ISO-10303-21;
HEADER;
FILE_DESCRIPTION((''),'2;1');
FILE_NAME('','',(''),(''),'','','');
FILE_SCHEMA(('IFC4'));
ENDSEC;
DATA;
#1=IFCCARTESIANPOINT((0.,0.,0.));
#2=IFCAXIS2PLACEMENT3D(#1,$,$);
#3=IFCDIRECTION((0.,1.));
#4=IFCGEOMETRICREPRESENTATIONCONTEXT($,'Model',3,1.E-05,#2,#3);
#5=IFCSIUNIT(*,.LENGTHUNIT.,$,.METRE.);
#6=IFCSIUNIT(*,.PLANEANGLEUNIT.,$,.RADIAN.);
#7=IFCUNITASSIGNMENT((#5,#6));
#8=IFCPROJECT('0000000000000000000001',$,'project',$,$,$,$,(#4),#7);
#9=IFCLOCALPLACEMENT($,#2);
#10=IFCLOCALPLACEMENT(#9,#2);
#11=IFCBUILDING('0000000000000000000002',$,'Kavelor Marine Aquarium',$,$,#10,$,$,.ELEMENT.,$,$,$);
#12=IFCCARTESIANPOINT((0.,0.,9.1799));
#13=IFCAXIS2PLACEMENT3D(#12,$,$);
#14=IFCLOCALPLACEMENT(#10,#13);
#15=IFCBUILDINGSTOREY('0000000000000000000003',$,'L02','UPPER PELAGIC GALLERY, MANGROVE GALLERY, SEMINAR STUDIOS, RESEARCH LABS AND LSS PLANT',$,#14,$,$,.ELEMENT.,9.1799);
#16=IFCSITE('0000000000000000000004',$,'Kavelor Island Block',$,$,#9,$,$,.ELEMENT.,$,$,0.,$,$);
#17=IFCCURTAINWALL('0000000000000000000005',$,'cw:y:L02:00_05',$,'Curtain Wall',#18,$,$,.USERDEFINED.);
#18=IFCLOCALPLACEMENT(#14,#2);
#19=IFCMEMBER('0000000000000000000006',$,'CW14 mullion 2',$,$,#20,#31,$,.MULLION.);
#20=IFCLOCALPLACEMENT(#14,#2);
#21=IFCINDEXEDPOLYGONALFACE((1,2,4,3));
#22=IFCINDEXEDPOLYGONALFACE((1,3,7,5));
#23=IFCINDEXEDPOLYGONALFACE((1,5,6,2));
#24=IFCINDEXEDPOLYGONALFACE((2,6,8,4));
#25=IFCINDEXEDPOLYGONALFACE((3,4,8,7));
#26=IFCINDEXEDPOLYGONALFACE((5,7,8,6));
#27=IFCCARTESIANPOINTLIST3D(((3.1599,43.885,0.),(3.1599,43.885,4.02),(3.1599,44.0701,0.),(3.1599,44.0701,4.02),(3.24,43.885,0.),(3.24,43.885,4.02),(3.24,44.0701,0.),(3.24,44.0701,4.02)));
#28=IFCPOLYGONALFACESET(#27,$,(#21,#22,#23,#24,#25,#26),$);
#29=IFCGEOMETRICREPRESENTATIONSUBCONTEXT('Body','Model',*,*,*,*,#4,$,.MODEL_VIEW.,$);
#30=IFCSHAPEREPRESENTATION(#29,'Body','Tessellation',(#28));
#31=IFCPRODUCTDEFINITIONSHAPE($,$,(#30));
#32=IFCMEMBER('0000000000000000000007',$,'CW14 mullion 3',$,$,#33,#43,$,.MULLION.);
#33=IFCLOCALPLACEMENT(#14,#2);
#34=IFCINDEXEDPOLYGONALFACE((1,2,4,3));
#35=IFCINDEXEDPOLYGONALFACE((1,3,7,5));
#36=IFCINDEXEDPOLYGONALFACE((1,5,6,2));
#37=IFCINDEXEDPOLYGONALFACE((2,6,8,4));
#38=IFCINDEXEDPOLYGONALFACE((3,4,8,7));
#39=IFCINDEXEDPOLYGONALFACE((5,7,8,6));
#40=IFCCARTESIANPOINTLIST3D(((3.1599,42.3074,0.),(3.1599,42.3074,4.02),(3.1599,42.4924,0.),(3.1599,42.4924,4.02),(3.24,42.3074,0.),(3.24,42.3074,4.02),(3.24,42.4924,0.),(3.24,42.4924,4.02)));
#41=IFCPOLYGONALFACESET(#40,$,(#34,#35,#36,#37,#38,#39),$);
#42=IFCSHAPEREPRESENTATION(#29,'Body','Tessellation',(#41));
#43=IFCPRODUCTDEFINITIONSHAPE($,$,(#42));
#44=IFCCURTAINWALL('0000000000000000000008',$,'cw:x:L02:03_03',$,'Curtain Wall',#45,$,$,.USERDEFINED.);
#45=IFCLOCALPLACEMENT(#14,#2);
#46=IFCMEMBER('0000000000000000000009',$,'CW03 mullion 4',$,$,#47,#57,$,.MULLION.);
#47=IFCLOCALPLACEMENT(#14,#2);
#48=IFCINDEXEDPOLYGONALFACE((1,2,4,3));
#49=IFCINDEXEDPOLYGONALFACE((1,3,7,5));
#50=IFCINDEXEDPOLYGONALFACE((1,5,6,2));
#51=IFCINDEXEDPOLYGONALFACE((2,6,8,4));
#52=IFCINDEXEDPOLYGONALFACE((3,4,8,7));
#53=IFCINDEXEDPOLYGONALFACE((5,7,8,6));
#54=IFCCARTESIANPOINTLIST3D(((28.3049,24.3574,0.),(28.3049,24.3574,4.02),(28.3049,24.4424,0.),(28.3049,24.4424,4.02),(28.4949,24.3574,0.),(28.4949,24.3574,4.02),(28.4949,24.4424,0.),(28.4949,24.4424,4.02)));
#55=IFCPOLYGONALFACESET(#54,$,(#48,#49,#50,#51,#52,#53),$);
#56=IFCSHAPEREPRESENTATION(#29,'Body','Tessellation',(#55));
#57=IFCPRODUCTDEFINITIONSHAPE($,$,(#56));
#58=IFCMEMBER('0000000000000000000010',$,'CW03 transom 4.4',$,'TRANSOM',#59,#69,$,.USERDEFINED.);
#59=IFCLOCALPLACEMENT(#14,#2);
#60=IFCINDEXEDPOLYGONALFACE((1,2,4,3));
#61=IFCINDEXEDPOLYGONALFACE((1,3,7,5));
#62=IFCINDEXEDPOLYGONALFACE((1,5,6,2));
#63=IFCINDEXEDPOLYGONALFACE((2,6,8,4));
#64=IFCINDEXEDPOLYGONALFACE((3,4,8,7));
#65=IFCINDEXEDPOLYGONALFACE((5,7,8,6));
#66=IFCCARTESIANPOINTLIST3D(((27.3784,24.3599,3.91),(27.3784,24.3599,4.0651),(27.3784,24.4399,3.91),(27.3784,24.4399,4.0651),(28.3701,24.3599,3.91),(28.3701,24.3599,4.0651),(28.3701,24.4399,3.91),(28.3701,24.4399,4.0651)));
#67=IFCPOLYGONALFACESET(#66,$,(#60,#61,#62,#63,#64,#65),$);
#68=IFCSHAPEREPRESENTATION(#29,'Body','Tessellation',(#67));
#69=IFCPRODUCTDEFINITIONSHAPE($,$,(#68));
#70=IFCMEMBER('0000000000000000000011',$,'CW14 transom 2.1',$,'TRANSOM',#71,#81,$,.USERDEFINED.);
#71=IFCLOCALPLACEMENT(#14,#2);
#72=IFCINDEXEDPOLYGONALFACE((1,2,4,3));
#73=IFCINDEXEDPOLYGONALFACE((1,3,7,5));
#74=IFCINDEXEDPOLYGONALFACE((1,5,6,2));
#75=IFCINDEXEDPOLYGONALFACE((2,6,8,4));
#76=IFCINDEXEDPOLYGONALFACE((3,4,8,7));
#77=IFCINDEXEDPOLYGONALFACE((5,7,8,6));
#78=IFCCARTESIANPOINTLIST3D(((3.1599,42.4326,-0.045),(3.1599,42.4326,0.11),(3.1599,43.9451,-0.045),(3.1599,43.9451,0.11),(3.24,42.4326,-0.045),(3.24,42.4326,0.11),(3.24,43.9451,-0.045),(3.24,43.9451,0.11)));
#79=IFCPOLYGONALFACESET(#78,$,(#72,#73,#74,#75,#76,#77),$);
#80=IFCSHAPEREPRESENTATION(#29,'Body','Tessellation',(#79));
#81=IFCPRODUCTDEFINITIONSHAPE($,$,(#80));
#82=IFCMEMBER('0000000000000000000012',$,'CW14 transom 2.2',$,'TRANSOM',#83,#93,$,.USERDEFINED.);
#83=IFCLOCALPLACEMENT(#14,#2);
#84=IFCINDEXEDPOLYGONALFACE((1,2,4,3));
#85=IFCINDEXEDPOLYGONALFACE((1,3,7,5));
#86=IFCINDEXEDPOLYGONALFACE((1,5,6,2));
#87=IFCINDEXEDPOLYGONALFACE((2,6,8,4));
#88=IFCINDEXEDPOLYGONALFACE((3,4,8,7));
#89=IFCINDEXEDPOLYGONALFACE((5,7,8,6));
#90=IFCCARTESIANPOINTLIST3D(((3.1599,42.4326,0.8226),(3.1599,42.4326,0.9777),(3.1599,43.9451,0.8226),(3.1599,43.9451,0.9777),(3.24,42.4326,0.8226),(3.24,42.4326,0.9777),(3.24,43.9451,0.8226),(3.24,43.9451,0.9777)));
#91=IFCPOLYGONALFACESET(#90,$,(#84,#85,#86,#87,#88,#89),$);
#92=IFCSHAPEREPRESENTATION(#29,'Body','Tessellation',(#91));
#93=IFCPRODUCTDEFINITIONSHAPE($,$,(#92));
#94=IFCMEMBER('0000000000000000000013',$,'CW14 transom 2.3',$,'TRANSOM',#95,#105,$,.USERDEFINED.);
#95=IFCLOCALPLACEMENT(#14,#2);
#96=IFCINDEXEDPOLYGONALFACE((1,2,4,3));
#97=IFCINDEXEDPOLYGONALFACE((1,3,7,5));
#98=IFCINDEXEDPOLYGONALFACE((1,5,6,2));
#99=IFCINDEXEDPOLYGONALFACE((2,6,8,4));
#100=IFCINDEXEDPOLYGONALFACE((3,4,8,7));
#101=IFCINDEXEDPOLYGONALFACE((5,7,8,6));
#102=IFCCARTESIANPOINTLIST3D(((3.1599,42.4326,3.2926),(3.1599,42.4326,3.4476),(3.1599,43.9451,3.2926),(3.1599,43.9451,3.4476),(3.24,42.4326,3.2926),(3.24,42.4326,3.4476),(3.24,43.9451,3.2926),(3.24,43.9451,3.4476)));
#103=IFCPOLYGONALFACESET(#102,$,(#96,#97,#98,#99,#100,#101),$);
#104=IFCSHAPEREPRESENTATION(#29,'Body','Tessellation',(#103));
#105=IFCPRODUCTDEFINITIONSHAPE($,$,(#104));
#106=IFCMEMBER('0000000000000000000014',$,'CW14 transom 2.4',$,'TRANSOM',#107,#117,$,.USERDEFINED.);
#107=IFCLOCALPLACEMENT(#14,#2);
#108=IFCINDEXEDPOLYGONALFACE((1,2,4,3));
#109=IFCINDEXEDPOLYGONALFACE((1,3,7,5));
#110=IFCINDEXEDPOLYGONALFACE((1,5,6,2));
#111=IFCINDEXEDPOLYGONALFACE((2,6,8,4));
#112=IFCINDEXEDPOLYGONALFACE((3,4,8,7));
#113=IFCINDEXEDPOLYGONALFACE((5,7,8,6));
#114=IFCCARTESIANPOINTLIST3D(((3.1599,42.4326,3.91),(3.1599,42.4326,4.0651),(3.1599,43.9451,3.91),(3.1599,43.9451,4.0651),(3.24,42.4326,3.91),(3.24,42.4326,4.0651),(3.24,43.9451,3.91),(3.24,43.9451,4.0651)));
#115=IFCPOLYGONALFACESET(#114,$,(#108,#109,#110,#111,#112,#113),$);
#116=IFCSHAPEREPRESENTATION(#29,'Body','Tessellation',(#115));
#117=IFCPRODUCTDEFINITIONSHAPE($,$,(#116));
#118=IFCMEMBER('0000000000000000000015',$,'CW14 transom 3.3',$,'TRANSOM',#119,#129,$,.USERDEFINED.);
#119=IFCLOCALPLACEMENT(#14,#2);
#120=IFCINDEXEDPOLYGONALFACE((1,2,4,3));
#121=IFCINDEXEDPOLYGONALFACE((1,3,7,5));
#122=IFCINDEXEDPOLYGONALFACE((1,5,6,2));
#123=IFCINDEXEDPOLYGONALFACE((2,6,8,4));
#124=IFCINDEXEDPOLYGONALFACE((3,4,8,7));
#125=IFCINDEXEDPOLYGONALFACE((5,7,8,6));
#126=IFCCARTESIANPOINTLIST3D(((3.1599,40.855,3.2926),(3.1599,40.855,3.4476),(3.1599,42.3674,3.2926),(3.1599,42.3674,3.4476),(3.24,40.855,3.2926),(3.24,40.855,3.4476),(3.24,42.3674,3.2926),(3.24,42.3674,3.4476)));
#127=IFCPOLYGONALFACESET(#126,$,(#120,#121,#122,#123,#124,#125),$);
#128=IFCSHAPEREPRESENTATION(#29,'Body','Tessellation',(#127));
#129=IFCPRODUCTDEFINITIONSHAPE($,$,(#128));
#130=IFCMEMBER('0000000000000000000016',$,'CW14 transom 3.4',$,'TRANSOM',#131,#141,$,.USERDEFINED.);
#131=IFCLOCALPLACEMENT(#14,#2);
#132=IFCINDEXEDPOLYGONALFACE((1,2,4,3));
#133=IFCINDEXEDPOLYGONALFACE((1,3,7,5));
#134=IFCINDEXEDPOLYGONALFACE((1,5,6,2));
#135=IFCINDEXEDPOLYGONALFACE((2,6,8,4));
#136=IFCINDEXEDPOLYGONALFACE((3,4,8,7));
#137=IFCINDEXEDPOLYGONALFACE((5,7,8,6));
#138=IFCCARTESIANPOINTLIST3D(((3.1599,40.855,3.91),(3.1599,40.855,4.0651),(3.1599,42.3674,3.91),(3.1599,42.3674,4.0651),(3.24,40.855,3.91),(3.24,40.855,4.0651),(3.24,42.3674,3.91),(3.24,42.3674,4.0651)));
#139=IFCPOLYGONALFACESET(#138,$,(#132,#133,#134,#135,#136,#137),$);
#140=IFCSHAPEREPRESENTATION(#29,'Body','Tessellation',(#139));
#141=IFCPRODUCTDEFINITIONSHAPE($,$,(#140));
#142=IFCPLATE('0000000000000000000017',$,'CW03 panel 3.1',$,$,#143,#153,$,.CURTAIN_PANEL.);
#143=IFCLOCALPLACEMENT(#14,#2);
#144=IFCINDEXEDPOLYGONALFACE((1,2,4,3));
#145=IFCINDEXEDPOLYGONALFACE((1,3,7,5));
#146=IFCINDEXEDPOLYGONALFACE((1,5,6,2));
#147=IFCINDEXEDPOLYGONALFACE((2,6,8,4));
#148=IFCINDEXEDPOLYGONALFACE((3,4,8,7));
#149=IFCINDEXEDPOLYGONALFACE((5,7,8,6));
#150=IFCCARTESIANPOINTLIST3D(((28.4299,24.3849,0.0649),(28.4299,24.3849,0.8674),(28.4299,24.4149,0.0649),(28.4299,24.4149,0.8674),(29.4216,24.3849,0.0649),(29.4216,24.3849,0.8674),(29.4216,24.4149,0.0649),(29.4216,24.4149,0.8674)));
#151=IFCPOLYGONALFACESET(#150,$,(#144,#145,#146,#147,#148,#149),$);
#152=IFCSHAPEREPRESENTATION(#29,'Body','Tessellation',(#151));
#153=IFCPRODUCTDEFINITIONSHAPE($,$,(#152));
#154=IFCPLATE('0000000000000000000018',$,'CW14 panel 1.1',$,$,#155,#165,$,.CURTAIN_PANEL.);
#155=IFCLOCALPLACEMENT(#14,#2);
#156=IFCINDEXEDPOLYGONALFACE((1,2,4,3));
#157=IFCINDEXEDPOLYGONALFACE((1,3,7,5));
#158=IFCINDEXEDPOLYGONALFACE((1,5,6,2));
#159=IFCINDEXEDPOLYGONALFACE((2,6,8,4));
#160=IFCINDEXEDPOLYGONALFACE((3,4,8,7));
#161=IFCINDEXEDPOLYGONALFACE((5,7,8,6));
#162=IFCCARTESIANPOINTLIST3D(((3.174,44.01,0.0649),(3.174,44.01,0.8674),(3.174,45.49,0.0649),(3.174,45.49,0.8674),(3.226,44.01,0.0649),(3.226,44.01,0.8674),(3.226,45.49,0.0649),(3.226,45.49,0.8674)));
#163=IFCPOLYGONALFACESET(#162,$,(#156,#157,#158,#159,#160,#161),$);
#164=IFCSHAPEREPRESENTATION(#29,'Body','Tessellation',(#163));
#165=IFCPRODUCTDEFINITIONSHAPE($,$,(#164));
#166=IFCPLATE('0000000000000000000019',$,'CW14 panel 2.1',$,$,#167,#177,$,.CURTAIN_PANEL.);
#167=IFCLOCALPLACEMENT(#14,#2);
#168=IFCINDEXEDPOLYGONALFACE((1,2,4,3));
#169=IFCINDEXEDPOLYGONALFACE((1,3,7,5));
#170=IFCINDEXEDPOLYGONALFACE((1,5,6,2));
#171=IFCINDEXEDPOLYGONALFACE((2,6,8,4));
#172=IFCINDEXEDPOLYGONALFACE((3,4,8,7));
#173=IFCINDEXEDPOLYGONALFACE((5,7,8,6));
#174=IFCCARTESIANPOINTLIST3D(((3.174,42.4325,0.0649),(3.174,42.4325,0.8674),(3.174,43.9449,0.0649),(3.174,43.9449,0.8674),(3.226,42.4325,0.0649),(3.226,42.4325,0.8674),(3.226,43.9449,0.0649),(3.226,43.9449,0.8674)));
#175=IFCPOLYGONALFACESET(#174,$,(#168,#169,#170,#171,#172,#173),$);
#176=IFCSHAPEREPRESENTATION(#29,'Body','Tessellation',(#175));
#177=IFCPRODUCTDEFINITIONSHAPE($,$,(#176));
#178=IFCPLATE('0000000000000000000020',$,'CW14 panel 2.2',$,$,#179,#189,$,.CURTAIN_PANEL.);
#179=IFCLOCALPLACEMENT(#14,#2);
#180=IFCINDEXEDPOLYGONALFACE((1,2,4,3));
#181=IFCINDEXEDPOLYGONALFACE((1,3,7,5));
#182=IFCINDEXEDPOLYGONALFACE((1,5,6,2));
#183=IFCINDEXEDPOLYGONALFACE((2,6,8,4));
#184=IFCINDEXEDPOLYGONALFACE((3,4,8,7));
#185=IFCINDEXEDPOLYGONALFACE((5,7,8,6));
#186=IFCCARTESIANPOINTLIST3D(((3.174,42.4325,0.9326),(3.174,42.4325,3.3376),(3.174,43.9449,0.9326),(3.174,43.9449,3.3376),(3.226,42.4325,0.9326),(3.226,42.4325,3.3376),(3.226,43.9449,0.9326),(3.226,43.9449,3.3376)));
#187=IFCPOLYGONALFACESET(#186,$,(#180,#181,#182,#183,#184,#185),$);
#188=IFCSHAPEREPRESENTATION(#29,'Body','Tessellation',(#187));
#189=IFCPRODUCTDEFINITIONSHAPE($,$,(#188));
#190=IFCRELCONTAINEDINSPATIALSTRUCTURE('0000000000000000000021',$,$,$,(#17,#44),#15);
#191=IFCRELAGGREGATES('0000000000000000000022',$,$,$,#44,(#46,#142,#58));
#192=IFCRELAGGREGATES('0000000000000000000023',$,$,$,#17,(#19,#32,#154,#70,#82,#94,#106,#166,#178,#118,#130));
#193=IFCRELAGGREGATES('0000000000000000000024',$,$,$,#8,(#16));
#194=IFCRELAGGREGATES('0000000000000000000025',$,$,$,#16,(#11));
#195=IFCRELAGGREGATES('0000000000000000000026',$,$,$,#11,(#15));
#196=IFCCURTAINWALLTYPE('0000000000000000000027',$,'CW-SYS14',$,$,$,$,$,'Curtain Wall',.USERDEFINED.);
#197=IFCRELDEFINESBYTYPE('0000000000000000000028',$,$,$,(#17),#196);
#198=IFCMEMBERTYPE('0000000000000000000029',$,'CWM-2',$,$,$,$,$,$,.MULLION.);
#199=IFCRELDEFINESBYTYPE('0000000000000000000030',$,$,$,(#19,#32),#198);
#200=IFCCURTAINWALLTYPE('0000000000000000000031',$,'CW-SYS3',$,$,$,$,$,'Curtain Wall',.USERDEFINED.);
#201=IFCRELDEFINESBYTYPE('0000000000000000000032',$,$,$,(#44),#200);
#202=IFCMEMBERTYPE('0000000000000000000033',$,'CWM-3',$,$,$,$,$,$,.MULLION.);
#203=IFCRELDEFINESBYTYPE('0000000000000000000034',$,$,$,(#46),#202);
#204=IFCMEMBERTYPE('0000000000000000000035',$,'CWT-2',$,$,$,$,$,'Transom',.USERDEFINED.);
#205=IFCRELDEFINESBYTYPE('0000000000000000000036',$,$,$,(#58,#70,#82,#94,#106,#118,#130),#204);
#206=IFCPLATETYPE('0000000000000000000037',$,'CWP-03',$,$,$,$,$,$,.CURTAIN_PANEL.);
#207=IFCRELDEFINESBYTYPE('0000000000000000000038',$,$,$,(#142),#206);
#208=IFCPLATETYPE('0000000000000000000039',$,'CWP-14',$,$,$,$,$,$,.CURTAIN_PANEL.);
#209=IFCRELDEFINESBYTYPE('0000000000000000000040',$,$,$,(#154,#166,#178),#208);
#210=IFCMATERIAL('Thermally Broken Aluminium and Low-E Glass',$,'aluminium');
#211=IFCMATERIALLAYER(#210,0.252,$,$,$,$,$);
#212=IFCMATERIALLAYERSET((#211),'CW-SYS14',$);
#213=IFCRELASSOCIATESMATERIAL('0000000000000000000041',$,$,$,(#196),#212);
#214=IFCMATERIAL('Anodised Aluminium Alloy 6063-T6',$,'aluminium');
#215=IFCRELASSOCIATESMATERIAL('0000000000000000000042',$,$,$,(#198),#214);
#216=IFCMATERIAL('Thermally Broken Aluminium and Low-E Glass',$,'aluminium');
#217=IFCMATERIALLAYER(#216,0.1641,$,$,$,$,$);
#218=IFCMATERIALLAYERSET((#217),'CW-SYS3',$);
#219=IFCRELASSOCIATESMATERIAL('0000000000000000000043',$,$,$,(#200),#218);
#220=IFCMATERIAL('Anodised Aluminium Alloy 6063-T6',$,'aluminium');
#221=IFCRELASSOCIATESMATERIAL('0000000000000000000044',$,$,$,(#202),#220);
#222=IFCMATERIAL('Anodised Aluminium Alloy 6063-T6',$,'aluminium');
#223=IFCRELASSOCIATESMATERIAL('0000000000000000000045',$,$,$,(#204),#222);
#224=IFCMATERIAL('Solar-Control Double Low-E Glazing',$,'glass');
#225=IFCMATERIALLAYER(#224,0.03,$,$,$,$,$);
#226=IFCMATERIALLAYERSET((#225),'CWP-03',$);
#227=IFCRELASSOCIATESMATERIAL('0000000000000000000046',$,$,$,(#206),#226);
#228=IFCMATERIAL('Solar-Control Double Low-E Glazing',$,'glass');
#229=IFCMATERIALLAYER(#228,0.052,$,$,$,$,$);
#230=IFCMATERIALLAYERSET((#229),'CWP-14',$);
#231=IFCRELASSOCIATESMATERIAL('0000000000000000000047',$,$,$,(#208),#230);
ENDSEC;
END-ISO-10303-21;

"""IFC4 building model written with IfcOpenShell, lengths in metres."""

from ifc_helpers import new_model, si_unit, direction, frame, origin, origin_2d, place, context, subcontext, project, spatial, rectangle, extrude, material, layer, layer_set, material_profile, profile_set, type_object, element, aggregate, save


model = new_model("IFC4")

# Units and contexts
model_context = context("Model", 3, precision=1e-05, world=origin(), true_north=direction((0.0, 1.0)))
body_context = subcontext(model_context, "Body", "Model", "MODEL_VIEW")
ifc_project = project(units=[si_unit("LENGTHUNIT", "METRE"), si_unit("PLANEANGLEUNIT", "RADIAN")], contexts=[model_context])

# Site, building, storey
site_placement = place(None, origin())
site = spatial("IfcSite", under=ifc_project, at=site_placement, Name="Kavelor Island Block", CompositionType="ELEMENT", RefElevation=0.0)
building_placement = place(site_placement, origin())
building = spatial("IfcBuilding", under=site, at=building_placement, Name="Kavelor Marine Aquarium", CompositionType="ELEMENT")
storey_placement = place(building_placement, frame((0.0, 0.0, 9.1799)))
storey = spatial("IfcBuildingStorey", under=building, at=storey_placement, Name="L02", Description="UPPER PELAGIC GALLERY, MANGROVE GALLERY, SEMINAR STUDIOS, RESEARCH LABS AND LSS PLANT", CompositionType="ELEMENT", Elevation=9.1799)

# Curtain walls, members
ifc_material_1 = material(Name="Thermally Broken Aluminium and Low-E Glass", Category="aluminium")
ifc_layer_1 = layer(ifc_material_1, 0.252)
ifc_layer_set_1 = layer_set([ifc_layer_1], Name="CW-SYS14")
curtain_wall_type_1 = type_object("IfcCurtainWallType", Name="CW-SYS14", ElementType="Curtain Wall", PredefinedType="USERDEFINED", material=ifc_layer_set_1)
curtain_wall_1_placement = place(storey_placement, origin())
curtain_wall_1 = element("IfcCurtainWall", 1, at=curtain_wall_1_placement, inside=storey, type_object=curtain_wall_type_1, Name="cw:y:L02:00_05", ObjectType="Curtain Wall", PredefinedType="USERDEFINED")
ifc_material_2 = material(Name="Anodised Aluminium Alloy 6063-T6", Category="aluminium")
ifc_material_profile_1 = material_profile(ifc_material_2, rectangle(XDim=0.0801, YDim=0.1851, at=origin_2d()), Name="CW-MUL 80x185")
ifc_profile_set_1 = profile_set([ifc_material_profile_1], Name="Anodised Aluminium Alloy 6063-T6")
member_type_1 = type_object("IfcMemberType", Name="CWM-2", PredefinedType="MULLION", material=ifc_profile_set_1)
member_1_placement = place(storey_placement, frame((3.2, 43.9775, 0.0), z_axis=(0.0, 0.0, 1.0), x_axis=(1.0, 0.0, 0.0)))
member_1 = element("IfcMember", 2, at=member_1_placement, type_object=member_type_1, Name="CW14 mullion 2", PredefinedType="MULLION", context=body_context, shape_type="SweptSolid", body=[
    extrude(rectangle(XDim=0.0801, YDim=0.1851, at=origin_2d()), origin(), (0.0, 0.0, 1.0), 4.02),
])
member_2_placement = place(storey_placement, frame((3.2, 42.3999, 0.0), z_axis=(0.0, 0.0, 1.0), x_axis=(1.0, 0.0, 0.0)))
member_2 = element("IfcMember", 3, at=member_2_placement, type_object=member_type_1, Name="CW14 mullion 3", PredefinedType="MULLION", context=body_context, shape_type="SweptSolid", body=[
    extrude(rectangle(XDim=0.0801, YDim=0.1851, at=origin_2d()), origin(), (0.0, 0.0, 1.0), 4.02),
])
ifc_material_3 = material(Name="Thermally Broken Aluminium and Low-E Glass", Category="aluminium")
ifc_layer_2 = layer(ifc_material_3, 0.1641)
ifc_layer_set_2 = layer_set([ifc_layer_2], Name="CW-SYS3")
curtain_wall_type_2 = type_object("IfcCurtainWallType", Name="CW-SYS3", ElementType="Curtain Wall", PredefinedType="USERDEFINED", material=ifc_layer_set_2)
curtain_wall_2_placement = place(storey_placement, origin())
curtain_wall_2 = element("IfcCurtainWall", 4, at=curtain_wall_2_placement, inside=storey, type_object=curtain_wall_type_2, Name="cw:x:L02:03_03", ObjectType="Curtain Wall", PredefinedType="USERDEFINED")
ifc_material_4 = material(Name="Anodised Aluminium Alloy 6063-T6", Category="aluminium")
ifc_material_profile_2 = material_profile(ifc_material_4, rectangle(XDim=0.085, YDim=0.1899, at=origin_2d()), Name="CW-MUL 85x190")
ifc_profile_set_2 = profile_set([ifc_material_profile_2], Name="Anodised Aluminium Alloy 6063-T6")
member_type_2 = type_object("IfcMemberType", Name="CWM-3", PredefinedType="MULLION", material=ifc_profile_set_2)
member_3_placement = place(storey_placement, frame((28.3999, 24.3999, 0.0), z_axis=(0.0, 0.0, 1.0), x_axis=(0.0, -1.0, 0.0)))
member_3 = element("IfcMember", 5, at=member_3_placement, type_object=member_type_2, Name="CW03 mullion 4", PredefinedType="MULLION", context=body_context, shape_type="SweptSolid", body=[
    extrude(rectangle(XDim=0.085, YDim=0.1899, at=origin_2d()), origin(), (0.0, 0.0, 1.0), 4.02),
])
ifc_material_5 = material(Name="Anodised Aluminium Alloy 6063-T6", Category="aluminium")
ifc_material_profile_3 = material_profile(ifc_material_5, rectangle(XDim=0.0801, YDim=0.155, at=origin_2d()), Name="CW-TRN 80x155")
ifc_profile_set_3 = profile_set([ifc_material_profile_3], Name="Anodised Aluminium Alloy 6063-T6")
member_type_3 = type_object("IfcMemberType", Name="CWT-2", ElementType="Transom", PredefinedType="USERDEFINED", material=ifc_profile_set_3)
member_4_placement = place(storey_placement, frame((28.3701, 24.3999, 3.9875), z_axis=(-1.0, 0.0, 0.0), x_axis=(0.0, -1.0, 0.0)))
member_4 = element("IfcMember", 6, at=member_4_placement, type_object=member_type_3, Name="CW03 transom 4.4", ObjectType="TRANSOM", PredefinedType="USERDEFINED", context=body_context, shape_type="SweptSolid", body=[
    extrude(rectangle(XDim=0.0801, YDim=0.155, at=origin_2d()), origin(), (0.0, 0.0, 1.0), 0.9917),
])

# Members
member_5_placement = place(storey_placement, frame((3.2, 43.9451, 0.0325), z_axis=(0.0, -1.0, 0.0), x_axis=(1.0, 0.0, 0.0)))
member_5 = element("IfcMember", 7, at=member_5_placement, type_object=member_type_3, Name="CW14 transom 2.1", ObjectType="TRANSOM", PredefinedType="USERDEFINED", context=body_context, shape_type="SweptSolid", body=[
    extrude(rectangle(XDim=0.0801, YDim=0.155, at=origin_2d()), origin(), (0.0, 0.0, 1.0), 1.5125),
])
member_6_placement = place(storey_placement, frame((3.2, 43.9451, 0.9001), z_axis=(0.0, -1.0, 0.0), x_axis=(1.0, 0.0, 0.0)))
member_6 = element("IfcMember", 8, at=member_6_placement, type_object=member_type_3, Name="CW14 transom 2.2", ObjectType="TRANSOM", PredefinedType="USERDEFINED", context=body_context, shape_type="SweptSolid", body=[
    extrude(rectangle(XDim=0.0801, YDim=0.155, at=origin_2d()), origin(), (0.0, 0.0, 1.0), 1.5125),
])
member_7_placement = place(storey_placement, frame((3.2, 43.9451, 3.3701), z_axis=(0.0, -1.0, 0.0), x_axis=(1.0, 0.0, 0.0)))
member_7 = element("IfcMember", 9, at=member_7_placement, type_object=member_type_3, Name="CW14 transom 2.3", ObjectType="TRANSOM", PredefinedType="USERDEFINED", context=body_context, shape_type="SweptSolid", body=[
    extrude(rectangle(XDim=0.0801, YDim=0.155, at=origin_2d()), origin(), (0.0, 0.0, 1.0), 1.5125),
])
member_8_placement = place(storey_placement, frame((3.2, 43.9451, 3.9875), z_axis=(0.0, -1.0, 0.0), x_axis=(1.0, 0.0, 0.0)))
member_8 = element("IfcMember", 10, at=member_8_placement, type_object=member_type_3, Name="CW14 transom 2.4", ObjectType="TRANSOM", PredefinedType="USERDEFINED", context=body_context, shape_type="SweptSolid", body=[
    extrude(rectangle(XDim=0.0801, YDim=0.155, at=origin_2d()), origin(), (0.0, 0.0, 1.0), 1.5125),
])
member_9_placement = place(storey_placement, frame((3.2, 42.3674, 3.3701), z_axis=(0.0, -1.0, 0.0), x_axis=(1.0, 0.0, 0.0)))
member_9 = element("IfcMember", 11, at=member_9_placement, type_object=member_type_3, Name="CW14 transom 3.3", ObjectType="TRANSOM", PredefinedType="USERDEFINED", context=body_context, shape_type="SweptSolid", body=[
    extrude(rectangle(XDim=0.0801, YDim=0.155, at=origin_2d()), origin(), (0.0, 0.0, 1.0), 1.5125),
])
member_10_placement = place(storey_placement, frame((3.2, 42.3674, 3.9875), z_axis=(0.0, -1.0, 0.0), x_axis=(1.0, 0.0, 0.0)))
member_10 = element("IfcMember", 12, at=member_10_placement, type_object=member_type_3, Name="CW14 transom 3.4", ObjectType="TRANSOM", PredefinedType="USERDEFINED", context=body_context, shape_type="SweptSolid", body=[
    extrude(rectangle(XDim=0.0801, YDim=0.155, at=origin_2d()), origin(), (0.0, 0.0, 1.0), 1.5125),
])

# Plates
ifc_material_6 = material(Name="Solar-Control Double Low-E Glazing", Category="glass")
ifc_layer_3 = layer(ifc_material_6, 0.03)
ifc_layer_set_3 = layer_set([ifc_layer_3], Name="CWP-03")
plate_type_1 = type_object("IfcPlateType", Name="CWP-03", PredefinedType="CURTAIN_PANEL", material=ifc_layer_set_3)
plate_1_placement = place(storey_placement, frame((28.9258, 24.3999, 0.0649), z_axis=(0.0, 0.0, 1.0), x_axis=(-1.0, 0.0, 0.0)))
plate_1 = element("IfcPlate", 13, at=plate_1_placement, type_object=plate_type_1, Name="CW03 panel 3.1", PredefinedType="CURTAIN_PANEL", context=body_context, shape_type="SweptSolid", body=[
    extrude(rectangle(XDim=0.9917, YDim=0.03, at=origin_2d()), origin(), (0.0, 0.0, 1.0), 0.8025),
])
aggregate(curtain_wall_2, [member_3, plate_1, member_4])
ifc_material_7 = material(Name="Solar-Control Double Low-E Glazing", Category="glass")
ifc_layer_4 = layer(ifc_material_7, 0.052)
ifc_layer_set_4 = layer_set([ifc_layer_4], Name="CWP-14")
plate_type_2 = type_object("IfcPlateType", Name="CWP-14", PredefinedType="CURTAIN_PANEL", material=ifc_layer_set_4)
plate_2_placement = place(storey_placement, frame((3.2, 44.75, 0.0649), z_axis=(0.0, 0.0, 1.0), x_axis=(0.0, -1.0, 0.0)))
plate_2 = element("IfcPlate", 14, at=plate_2_placement, type_object=plate_type_2, Name="CW14 panel 1.1", PredefinedType="CURTAIN_PANEL", context=body_context, shape_type="SweptSolid", body=[
    extrude(rectangle(XDim=1.48, YDim=0.052, at=origin_2d()), origin(), (0.0, 0.0, 1.0), 0.8025),
])
plate_3_placement = place(storey_placement, frame((3.2, 43.1887, 0.0649), z_axis=(0.0, 0.0, 1.0), x_axis=(0.0, -1.0, 0.0)))
plate_3 = element("IfcPlate", 15, at=plate_3_placement, type_object=plate_type_2, Name="CW14 panel 2.1", PredefinedType="CURTAIN_PANEL", context=body_context, shape_type="SweptSolid", body=[
    extrude(rectangle(XDim=1.5125, YDim=0.052, at=origin_2d()), origin(), (0.0, 0.0, 1.0), 0.8025),
])
plate_4_placement = place(storey_placement, frame((3.2, 43.1887, 0.9326), z_axis=(0.0, 0.0, 1.0), x_axis=(0.0, -1.0, 0.0)))
plate_4 = element("IfcPlate", 16, at=plate_4_placement, type_object=plate_type_2, Name="CW14 panel 2.2", PredefinedType="CURTAIN_PANEL", context=body_context, shape_type="SweptSolid", body=[
    extrude(rectangle(XDim=1.5125, YDim=0.052, at=origin_2d()), origin(), (0.0, 0.0, 1.0), 2.405),
])
aggregate(curtain_wall_1, [member_1, member_2, plate_2, member_5, member_6, member_7, member_8, plate_3, plate_4, member_9, member_10])

save(model, "model.ifc")
